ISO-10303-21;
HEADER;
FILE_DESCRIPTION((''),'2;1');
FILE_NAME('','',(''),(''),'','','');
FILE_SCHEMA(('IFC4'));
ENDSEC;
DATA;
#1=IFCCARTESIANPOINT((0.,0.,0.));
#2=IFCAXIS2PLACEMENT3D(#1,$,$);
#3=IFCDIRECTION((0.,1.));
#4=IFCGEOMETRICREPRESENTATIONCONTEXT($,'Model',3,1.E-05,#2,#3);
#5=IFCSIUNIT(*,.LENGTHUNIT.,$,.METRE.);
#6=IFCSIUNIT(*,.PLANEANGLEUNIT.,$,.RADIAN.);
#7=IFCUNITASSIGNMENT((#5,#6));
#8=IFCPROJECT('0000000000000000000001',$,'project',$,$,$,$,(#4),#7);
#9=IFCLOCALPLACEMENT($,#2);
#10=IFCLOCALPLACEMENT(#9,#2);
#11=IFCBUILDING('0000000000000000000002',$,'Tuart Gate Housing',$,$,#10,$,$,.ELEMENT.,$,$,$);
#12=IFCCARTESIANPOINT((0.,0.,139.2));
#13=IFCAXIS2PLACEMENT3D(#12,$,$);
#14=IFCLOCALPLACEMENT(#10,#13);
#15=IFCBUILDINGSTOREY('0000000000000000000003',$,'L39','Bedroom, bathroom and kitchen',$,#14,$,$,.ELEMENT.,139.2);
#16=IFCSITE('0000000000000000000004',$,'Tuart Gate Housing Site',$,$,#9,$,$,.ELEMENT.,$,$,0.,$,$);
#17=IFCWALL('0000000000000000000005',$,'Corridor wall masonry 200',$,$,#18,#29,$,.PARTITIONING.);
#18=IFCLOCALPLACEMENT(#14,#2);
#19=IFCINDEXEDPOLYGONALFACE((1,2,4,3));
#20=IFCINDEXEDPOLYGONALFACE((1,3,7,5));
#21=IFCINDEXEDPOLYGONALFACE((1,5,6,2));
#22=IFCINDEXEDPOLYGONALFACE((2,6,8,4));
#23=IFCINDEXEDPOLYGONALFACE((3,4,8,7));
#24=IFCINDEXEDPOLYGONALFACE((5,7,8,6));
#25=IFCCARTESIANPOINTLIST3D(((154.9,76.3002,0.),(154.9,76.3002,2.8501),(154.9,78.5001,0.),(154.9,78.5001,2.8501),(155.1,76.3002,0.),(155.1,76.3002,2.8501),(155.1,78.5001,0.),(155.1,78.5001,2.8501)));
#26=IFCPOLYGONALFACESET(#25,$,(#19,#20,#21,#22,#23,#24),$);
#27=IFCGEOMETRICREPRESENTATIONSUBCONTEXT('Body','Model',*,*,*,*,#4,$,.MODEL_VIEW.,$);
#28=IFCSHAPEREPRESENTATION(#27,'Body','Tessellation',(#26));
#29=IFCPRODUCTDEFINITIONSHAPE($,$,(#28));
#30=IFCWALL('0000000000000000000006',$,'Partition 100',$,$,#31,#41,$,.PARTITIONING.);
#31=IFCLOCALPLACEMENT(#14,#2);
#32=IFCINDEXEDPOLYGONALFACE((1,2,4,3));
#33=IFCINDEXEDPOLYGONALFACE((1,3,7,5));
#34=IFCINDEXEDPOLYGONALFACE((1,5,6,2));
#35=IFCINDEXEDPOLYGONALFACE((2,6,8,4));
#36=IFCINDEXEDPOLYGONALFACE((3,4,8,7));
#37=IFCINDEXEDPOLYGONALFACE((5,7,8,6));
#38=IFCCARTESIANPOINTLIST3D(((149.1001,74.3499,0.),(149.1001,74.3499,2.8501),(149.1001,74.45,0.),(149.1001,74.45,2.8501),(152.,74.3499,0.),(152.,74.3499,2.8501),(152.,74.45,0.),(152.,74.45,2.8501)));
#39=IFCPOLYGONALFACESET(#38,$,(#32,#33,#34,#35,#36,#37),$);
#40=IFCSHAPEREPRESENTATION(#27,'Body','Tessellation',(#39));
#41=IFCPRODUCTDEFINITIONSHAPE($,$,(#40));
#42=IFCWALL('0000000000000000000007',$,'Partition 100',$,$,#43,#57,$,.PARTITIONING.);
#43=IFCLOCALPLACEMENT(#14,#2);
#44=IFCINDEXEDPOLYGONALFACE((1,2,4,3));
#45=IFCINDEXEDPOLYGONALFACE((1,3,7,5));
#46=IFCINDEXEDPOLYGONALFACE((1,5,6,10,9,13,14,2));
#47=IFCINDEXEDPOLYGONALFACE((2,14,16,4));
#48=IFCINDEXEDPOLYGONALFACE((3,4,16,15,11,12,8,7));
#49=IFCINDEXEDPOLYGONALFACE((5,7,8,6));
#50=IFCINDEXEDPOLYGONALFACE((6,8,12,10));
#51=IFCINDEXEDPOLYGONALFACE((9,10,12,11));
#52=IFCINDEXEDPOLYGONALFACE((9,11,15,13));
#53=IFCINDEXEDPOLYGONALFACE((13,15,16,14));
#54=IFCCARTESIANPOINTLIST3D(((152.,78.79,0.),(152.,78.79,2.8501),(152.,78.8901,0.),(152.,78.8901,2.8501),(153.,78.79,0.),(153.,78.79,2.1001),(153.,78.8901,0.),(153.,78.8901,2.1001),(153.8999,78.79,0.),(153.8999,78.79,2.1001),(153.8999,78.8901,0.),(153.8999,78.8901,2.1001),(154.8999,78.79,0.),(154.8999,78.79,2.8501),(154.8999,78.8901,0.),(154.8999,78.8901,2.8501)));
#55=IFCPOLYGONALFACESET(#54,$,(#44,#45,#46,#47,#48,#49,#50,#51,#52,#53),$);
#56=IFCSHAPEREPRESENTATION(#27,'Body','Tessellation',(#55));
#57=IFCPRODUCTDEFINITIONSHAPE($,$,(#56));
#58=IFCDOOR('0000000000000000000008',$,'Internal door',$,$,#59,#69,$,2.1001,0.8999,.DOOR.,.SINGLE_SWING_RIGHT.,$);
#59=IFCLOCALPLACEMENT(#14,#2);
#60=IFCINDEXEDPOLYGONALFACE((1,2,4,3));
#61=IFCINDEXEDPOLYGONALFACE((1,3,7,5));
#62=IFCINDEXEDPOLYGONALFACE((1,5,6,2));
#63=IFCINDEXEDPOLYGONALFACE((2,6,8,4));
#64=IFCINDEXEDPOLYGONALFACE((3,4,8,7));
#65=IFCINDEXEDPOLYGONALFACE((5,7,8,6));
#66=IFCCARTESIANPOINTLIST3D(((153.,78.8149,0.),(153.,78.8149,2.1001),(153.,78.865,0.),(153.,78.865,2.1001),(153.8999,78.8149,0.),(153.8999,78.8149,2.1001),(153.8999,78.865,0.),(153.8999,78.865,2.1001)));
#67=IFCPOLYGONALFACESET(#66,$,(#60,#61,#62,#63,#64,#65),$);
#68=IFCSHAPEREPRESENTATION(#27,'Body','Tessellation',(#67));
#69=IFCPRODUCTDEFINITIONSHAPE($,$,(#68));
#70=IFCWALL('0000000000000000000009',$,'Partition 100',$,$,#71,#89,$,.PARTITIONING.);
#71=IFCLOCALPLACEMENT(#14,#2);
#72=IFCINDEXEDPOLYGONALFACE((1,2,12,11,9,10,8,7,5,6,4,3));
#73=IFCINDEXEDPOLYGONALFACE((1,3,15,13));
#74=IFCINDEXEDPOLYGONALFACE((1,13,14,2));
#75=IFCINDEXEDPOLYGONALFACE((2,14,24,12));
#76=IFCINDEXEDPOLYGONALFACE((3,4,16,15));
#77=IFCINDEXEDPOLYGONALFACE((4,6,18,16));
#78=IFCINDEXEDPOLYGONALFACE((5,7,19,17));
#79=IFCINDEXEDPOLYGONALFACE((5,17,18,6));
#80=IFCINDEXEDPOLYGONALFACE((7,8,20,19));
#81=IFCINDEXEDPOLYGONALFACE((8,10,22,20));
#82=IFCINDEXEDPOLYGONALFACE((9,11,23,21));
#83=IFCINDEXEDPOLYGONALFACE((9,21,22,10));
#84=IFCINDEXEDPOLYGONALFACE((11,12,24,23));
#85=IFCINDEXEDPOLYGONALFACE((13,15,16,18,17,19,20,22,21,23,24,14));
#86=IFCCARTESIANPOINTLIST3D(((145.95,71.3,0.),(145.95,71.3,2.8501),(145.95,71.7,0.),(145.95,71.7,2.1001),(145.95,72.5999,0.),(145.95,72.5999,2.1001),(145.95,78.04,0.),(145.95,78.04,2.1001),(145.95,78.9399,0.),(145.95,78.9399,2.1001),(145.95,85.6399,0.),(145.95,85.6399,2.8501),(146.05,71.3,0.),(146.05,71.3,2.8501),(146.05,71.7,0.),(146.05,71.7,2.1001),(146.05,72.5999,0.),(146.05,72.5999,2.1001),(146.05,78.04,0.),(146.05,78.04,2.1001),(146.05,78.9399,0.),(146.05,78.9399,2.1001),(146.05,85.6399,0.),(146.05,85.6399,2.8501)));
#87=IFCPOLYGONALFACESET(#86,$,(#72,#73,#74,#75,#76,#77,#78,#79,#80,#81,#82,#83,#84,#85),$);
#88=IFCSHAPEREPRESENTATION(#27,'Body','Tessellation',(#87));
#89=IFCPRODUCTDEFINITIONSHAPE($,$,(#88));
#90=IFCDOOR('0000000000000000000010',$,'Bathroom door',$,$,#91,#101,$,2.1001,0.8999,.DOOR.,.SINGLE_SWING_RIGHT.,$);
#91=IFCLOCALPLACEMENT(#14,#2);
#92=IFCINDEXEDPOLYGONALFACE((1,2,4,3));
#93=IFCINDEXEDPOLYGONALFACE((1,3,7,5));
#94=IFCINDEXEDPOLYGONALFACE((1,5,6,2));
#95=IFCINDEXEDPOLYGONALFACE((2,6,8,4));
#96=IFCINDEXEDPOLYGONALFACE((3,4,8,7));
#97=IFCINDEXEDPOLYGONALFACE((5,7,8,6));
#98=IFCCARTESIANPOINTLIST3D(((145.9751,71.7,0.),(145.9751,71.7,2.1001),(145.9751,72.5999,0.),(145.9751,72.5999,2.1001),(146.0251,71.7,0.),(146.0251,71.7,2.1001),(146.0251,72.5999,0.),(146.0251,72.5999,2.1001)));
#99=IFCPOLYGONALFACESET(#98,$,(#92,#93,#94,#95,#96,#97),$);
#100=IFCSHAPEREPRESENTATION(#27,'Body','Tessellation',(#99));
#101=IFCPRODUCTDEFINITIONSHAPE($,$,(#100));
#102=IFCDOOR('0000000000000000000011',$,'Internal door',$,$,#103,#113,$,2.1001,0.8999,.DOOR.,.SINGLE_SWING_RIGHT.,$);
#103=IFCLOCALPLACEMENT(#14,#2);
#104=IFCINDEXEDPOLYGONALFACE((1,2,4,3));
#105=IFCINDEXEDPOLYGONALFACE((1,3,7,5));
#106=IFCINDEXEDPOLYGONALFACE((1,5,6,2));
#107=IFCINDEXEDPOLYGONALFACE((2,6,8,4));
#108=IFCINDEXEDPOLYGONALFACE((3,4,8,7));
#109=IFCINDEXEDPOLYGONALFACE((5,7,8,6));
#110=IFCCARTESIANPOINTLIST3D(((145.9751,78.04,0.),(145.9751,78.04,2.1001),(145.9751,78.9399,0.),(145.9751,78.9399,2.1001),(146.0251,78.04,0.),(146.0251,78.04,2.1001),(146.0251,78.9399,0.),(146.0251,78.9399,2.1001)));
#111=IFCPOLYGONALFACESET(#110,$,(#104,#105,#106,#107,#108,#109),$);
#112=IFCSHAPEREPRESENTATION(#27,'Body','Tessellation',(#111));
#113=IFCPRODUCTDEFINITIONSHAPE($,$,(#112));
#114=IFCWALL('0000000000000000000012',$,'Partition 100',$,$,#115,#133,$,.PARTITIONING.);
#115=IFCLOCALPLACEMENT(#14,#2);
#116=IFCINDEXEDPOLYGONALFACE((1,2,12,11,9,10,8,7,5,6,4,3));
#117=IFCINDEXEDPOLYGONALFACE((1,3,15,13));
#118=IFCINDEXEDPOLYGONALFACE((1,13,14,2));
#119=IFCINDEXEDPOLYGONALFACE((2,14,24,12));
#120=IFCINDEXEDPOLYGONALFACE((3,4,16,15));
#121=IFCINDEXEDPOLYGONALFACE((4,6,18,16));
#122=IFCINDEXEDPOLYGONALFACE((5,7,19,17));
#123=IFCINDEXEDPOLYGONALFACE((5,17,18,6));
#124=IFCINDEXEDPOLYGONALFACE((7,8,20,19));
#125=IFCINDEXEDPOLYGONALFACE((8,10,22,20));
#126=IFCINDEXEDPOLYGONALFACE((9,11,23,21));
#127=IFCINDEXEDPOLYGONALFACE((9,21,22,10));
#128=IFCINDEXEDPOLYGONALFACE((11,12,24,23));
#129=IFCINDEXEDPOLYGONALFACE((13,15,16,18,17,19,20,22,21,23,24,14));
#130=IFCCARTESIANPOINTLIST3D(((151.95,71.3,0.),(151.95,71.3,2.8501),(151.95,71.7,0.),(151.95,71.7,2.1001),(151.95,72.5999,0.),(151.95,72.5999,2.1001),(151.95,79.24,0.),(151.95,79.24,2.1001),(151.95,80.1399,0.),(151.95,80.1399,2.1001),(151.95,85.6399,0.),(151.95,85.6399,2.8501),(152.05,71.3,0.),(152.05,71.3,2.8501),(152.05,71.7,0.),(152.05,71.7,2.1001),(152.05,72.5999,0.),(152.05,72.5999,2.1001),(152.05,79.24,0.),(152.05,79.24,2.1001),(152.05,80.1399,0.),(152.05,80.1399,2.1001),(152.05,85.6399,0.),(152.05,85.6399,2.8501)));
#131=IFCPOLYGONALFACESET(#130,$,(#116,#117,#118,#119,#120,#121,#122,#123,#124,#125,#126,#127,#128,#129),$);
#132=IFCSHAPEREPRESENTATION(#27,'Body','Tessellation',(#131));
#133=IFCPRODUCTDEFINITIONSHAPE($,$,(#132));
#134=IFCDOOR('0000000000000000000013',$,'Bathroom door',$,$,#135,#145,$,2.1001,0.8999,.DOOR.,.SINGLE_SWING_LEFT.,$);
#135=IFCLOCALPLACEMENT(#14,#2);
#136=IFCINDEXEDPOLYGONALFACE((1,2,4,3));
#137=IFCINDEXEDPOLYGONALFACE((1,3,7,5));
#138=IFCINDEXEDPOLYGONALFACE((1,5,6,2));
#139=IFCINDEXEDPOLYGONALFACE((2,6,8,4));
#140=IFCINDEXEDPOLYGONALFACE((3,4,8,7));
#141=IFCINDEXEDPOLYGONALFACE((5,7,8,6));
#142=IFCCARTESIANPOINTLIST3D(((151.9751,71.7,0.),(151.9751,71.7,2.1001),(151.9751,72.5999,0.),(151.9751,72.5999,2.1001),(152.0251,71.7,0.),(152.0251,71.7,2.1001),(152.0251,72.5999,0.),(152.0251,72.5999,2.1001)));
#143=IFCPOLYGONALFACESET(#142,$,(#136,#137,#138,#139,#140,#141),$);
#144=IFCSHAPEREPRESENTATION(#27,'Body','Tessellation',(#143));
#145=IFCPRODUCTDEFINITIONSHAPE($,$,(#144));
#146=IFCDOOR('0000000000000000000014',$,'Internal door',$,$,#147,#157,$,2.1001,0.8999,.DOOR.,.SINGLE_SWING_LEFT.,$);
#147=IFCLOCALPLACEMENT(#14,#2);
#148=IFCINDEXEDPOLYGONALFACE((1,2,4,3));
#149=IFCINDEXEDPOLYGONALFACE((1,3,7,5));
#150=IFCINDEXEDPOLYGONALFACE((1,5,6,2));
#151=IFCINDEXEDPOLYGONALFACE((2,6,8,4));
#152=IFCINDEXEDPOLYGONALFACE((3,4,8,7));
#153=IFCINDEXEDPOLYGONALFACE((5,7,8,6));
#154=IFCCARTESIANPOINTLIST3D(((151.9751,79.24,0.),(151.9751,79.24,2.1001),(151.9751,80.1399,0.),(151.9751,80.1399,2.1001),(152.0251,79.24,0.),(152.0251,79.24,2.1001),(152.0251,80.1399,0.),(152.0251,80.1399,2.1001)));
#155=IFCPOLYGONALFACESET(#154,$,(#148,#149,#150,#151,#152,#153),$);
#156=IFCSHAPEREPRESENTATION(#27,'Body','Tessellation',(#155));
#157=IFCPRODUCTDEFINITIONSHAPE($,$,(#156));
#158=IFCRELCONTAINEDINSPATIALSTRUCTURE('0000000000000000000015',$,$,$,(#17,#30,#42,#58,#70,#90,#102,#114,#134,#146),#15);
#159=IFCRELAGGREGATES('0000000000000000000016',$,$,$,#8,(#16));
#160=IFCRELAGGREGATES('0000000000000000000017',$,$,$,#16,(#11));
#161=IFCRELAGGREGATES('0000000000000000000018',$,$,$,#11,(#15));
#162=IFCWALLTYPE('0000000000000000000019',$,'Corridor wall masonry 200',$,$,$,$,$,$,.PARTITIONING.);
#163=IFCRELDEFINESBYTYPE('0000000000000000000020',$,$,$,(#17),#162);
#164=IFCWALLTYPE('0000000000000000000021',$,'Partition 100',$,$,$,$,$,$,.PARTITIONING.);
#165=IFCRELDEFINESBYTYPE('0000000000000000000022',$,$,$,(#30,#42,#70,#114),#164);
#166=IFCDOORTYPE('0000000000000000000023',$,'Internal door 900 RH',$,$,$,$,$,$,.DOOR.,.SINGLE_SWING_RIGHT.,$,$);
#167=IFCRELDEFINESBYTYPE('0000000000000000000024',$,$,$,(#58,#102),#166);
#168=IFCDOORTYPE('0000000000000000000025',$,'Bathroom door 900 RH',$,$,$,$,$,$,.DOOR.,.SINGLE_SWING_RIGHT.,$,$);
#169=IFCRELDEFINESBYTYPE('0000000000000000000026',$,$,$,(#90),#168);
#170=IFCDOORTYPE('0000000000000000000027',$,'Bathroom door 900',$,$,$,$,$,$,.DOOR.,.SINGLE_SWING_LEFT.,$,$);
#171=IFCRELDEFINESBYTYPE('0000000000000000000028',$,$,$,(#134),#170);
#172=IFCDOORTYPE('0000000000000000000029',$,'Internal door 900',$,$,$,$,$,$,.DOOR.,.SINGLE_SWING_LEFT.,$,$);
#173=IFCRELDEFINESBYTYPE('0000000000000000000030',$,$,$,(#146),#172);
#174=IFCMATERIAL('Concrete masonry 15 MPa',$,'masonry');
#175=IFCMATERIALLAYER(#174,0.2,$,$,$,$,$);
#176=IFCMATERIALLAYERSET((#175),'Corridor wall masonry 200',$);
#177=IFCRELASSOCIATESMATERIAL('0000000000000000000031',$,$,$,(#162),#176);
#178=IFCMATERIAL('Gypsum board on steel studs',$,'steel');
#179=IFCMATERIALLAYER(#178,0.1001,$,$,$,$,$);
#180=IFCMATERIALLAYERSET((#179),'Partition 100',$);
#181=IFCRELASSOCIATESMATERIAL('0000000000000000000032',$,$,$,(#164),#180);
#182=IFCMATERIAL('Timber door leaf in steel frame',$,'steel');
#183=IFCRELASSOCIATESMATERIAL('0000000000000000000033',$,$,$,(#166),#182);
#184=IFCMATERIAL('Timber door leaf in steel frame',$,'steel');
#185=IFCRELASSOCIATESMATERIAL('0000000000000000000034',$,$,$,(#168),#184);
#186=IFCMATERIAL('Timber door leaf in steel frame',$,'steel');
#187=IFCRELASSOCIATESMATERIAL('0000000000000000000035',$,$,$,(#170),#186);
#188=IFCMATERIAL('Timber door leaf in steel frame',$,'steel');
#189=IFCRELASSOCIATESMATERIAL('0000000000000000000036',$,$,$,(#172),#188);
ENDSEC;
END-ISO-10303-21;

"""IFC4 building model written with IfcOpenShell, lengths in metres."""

from ifc_helpers import new_model, si_unit, direction, frame, frame_2d, origin, place, context, subcontext, project, spatial, rectangle, extrude, material, layer, layer_set, type_object, element, fill, save


model = new_model("IFC4")

# Units and contexts
model_context = context("Model", 3, precision=1e-05, world=origin(), true_north=direction((0.0, 1.0)))
body_context = subcontext(model_context, "Body", "Model", "MODEL_VIEW")
ifc_project = project(units=[si_unit("LENGTHUNIT", "METRE"), si_unit("PLANEANGLEUNIT", "RADIAN")], contexts=[model_context])

# Site, building, storey
site_placement = place(None, origin())
site = spatial("IfcSite", under=ifc_project, at=site_placement, Name="Tuart Gate Housing Site", CompositionType="ELEMENT", RefElevation=0.0)
building_placement = place(site_placement, origin())
building = spatial("IfcBuilding", under=site, at=building_placement, Name="Tuart Gate Housing", CompositionType="ELEMENT")
storey_placement = place(building_placement, frame((0.0, 0.0, 139.2)))
storey = spatial("IfcBuildingStorey", under=building, at=storey_placement, Name="L39", Description="Bedroom, bathroom and kitchen", CompositionType="ELEMENT", Elevation=139.2)

# Walls
ifc_material_1 = material(Name="Concrete masonry 15 MPa", Category="masonry")
ifc_layer_1 = layer(ifc_material_1, 0.2)
ifc_layer_set_1 = layer_set([ifc_layer_1], Name="Corridor wall masonry 200")
wall_type_1 = type_object("IfcWallType", Name="Corridor wall masonry 200", PredefinedType="PARTITIONING", material=ifc_layer_set_1)
wall_1_placement = place(storey_placement, frame((155.0, 76.3, 0.0), z_axis=(0.0, 0.0, 1.0), x_axis=(0.0, 1.0, 0.0)))
element("IfcWall", 1, at=wall_1_placement, inside=storey, type_object=wall_type_1, Name="Corridor wall masonry 200", PredefinedType="PARTITIONING", context=body_context, shape_type="SweptSolid", body=[
    extrude(rectangle(XDim=2.2, YDim=0.2, at=frame_2d((1.1001, 0.0))), origin(), (0.0, 0.0, 1.0), 2.8501),
])
ifc_material_2 = material(Name="Gypsum board on steel studs", Category="steel")
ifc_layer_2 = layer(ifc_material_2, 0.1001)
ifc_layer_set_2 = layer_set([ifc_layer_2], Name="Partition 100")
wall_type_2 = type_object("IfcWallType", Name="Partition 100", PredefinedType="PARTITIONING", material=ifc_layer_set_2)
wall_2_placement = place(storey_placement, frame((149.1001, 74.3999, 0.0), z_axis=(0.0, 0.0, 1.0), x_axis=(1.0, 0.0, 0.0)))
element("IfcWall", 2, at=wall_2_placement, inside=storey, type_object=wall_type_2, Name="Partition 100", PredefinedType="PARTITIONING", context=body_context, shape_type="SweptSolid", body=[
    extrude(rectangle(XDim=2.8999, YDim=0.1001, at=frame_2d((1.45, 0.0))), origin(), (0.0, 0.0, 1.0), 2.8501),
])

# Wall, opening, door
wall_3_placement = place(storey_placement, frame((152.0, 78.8401, 0.0), z_axis=(0.0, 0.0, 1.0), x_axis=(1.0, 0.0, 0.0)))
wall_3 = element("IfcWall", 3, at=wall_3_placement, inside=storey, type_object=wall_type_2, Name="Partition 100", PredefinedType="PARTITIONING", context=body_context, shape_type="SweptSolid", body=[
    extrude(rectangle(XDim=2.8999, YDim=0.1001, at=frame_2d((1.45, 0.0))), origin(), (0.0, 0.0, 1.0), 2.8501),
])
opening_1_placement = place(wall_3_placement, frame((1.0, 0.0, 0.0)))
opening_1 = element("IfcOpeningElement", 4, at=opening_1_placement, cuts=wall_3, PredefinedType="OPENING", context=body_context, shape_type="SweptSolid", body=[
    extrude(rectangle(XDim=0.8999, YDim=2.1001, at=frame_2d((0.45, 1.05))), frame((0.0, 0.0601, 0.0), z_axis=(0.0, -1.0, 0.0), x_axis=(1.0, 0.0, 0.0)), (0.0, 0.0, 1.0), 0.1201),
])
ifc_material_3 = material(Name="Timber door leaf in steel frame", Category="steel")
door_type_1 = type_object("IfcDoorType", Name="Internal door 900 RH", OperationType="SINGLE_SWING_RIGHT", PredefinedType="DOOR", material=ifc_material_3)
door_1_placement = place(opening_1_placement, frame((0.8999, 0.0, 0.0), z_axis=(0.0, 0.0, 1.0), x_axis=(-1.0, 0.0, 0.0)))
door_1 = element("IfcDoor", 5, at=door_1_placement, inside=storey, type_object=door_type_1, Name="Internal door", OperationType="SINGLE_SWING_RIGHT", OverallHeight=2.1001, OverallWidth=0.8999, PredefinedType="DOOR", context=body_context, shape_type="SweptSolid", body=[
    extrude(rectangle(XDim=0.8999, YDim=2.1001, at=frame_2d((0.45, 1.05))), frame((0.0, 0.0251, 0.0), z_axis=(0.0, -1.0, 0.0), x_axis=(1.0, 0.0, 0.0)), (0.0, 0.0, 1.0), 0.05),
])
fill(opening_1, door_1)

# Walls, openings, doors
wall_4_placement = place(storey_placement, frame((146.0, 71.3, 0.0), z_axis=(0.0, 0.0, 1.0), x_axis=(0.0, 1.0, 0.0)))
wall_4 = element("IfcWall", 6, at=wall_4_placement, inside=storey, type_object=wall_type_2, Name="Partition 100", PredefinedType="PARTITIONING", context=body_context, shape_type="SweptSolid", body=[
    extrude(rectangle(XDim=14.3398, YDim=0.1001, at=frame_2d((7.1699, 0.0))), origin(), (0.0, 0.0, 1.0), 2.8501),
])
opening_2_placement = place(wall_4_placement, frame((6.74, 0.0, 0.0)))
opening_2 = element("IfcOpeningElement", 7, at=opening_2_placement, cuts=wall_4, PredefinedType="OPENING", context=body_context, shape_type="SweptSolid", body=[
    extrude(rectangle(XDim=0.8999, YDim=2.1001, at=frame_2d((0.45, 1.05))), frame((0.0, 0.0601, 0.0), z_axis=(0.0, -1.0, 0.0), x_axis=(1.0, 0.0, 0.0)), (0.0, 0.0, 1.0), 0.1201),
])
opening_3_placement = place(wall_4_placement, frame((0.3999, 0.0, 0.0)))
opening_3 = element("IfcOpeningElement", 8, at=opening_3_placement, cuts=wall_4, PredefinedType="OPENING", context=body_context, shape_type="SweptSolid", body=[
    extrude(rectangle(XDim=0.8999, YDim=2.1001, at=frame_2d((0.45, 1.05))), frame((0.0, 0.0601, 0.0), z_axis=(0.0, -1.0, 0.0), x_axis=(1.0, 0.0, 0.0)), (0.0, 0.0, 1.0), 0.1201),
])
ifc_material_4 = material(Name="Timber door leaf in steel frame", Category="steel")
door_type_2 = type_object("IfcDoorType", Name="Bathroom door 900 RH", OperationType="SINGLE_SWING_RIGHT", PredefinedType="DOOR", material=ifc_material_4)
door_2_placement = place(opening_3_placement, frame((0.8999, 0.0, 0.0), z_axis=(0.0, 0.0, 1.0), x_axis=(-1.0, 0.0, 0.0)))
door_2 = element("IfcDoor", 9, at=door_2_placement, inside=storey, type_object=door_type_2, Name="Bathroom door", OperationType="SINGLE_SWING_RIGHT", OverallHeight=2.1001, OverallWidth=0.8999, PredefinedType="DOOR", context=body_context, shape_type="SweptSolid", body=[
    extrude(rectangle(XDim=0.8999, YDim=2.1001, at=frame_2d((0.45, 1.05))), frame((0.0, 0.0251, 0.0), z_axis=(0.0, -1.0, 0.0), x_axis=(1.0, 0.0, 0.0)), (0.0, 0.0, 1.0), 0.05),
])
fill(opening_3, door_2)
door_3_placement = place(opening_2_placement, frame((0.8999, 0.0, 0.0), z_axis=(0.0, 0.0, 1.0), x_axis=(-1.0, 0.0, 0.0)))
door_3 = element("IfcDoor", 10, at=door_3_placement, inside=storey, type_object=door_type_1, Name="Internal door", OperationType="SINGLE_SWING_RIGHT", OverallHeight=2.1001, OverallWidth=0.8999, PredefinedType="DOOR", context=body_context, shape_type="SweptSolid", body=[
    extrude(rectangle(XDim=0.8999, YDim=2.1001, at=frame_2d((0.45, 1.05))), frame((0.0, 0.0251, 0.0), z_axis=(0.0, -1.0, 0.0), x_axis=(1.0, 0.0, 0.0)), (0.0, 0.0, 1.0), 0.05),
])
fill(opening_2, door_3)
wall_5_placement = place(storey_placement, frame((152.0, 71.3, 0.0), z_axis=(0.0, 0.0, 1.0), x_axis=(0.0, 1.0, 0.0)))
wall_5 = element("IfcWall", 11, at=wall_5_placement, inside=storey, type_object=wall_type_2, Name="Partition 100", PredefinedType="PARTITIONING", context=body_context, shape_type="SweptSolid", body=[
    extrude(rectangle(XDim=14.3398, YDim=0.1001, at=frame_2d((7.1699, 0.0))), origin(), (0.0, 0.0, 1.0), 2.8501),
])
opening_4_placement = place(wall_5_placement, frame((7.9399, 0.0, 0.0)))
opening_4 = element("IfcOpeningElement", 12, at=opening_4_placement, cuts=wall_5, PredefinedType="OPENING", context=body_context, shape_type="SweptSolid", body=[
    extrude(rectangle(XDim=0.8999, YDim=2.1001, at=frame_2d((0.45, 1.05))), frame((0.0, 0.0601, 0.0), z_axis=(0.0, -1.0, 0.0), x_axis=(1.0, 0.0, 0.0)), (0.0, 0.0, 1.0), 0.1201),
])
opening_5_placement = place(wall_5_placement, frame((0.3999, 0.0, 0.0)))
opening_5 = element("IfcOpeningElement", 13, at=opening_5_placement, cuts=wall_5, PredefinedType="OPENING", context=body_context, shape_type="SweptSolid", body=[
    extrude(rectangle(XDim=0.8999, YDim=2.1001, at=frame_2d((0.45, 1.05))), frame((0.0, 0.0601, 0.0), z_axis=(0.0, -1.0, 0.0), x_axis=(1.0, 0.0, 0.0)), (0.0, 0.0, 1.0), 0.1201),
])
ifc_material_5 = material(Name="Timber door leaf in steel frame", Category="steel")
door_type_3 = type_object("IfcDoorType", Name="Bathroom door 900", OperationType="SINGLE_SWING_LEFT", PredefinedType="DOOR", material=ifc_material_5)
door_4_placement = place(opening_5_placement, origin())
door_4 = element("IfcDoor", 14, at=door_4_placement, inside=storey, type_object=door_type_3, Name="Bathroom door", OperationType="SINGLE_SWING_LEFT", OverallHeight=2.1001, OverallWidth=0.8999, PredefinedType="DOOR", context=body_context, shape_type="SweptSolid", body=[
    extrude(rectangle(XDim=0.8999, YDim=2.1001, at=frame_2d((0.45, 1.05))), frame((0.0, 0.0249, 0.0), z_axis=(0.0, -1.0, 0.0), x_axis=(1.0, 0.0, 0.0)), (0.0, 0.0, 1.0), 0.05),
])
fill(opening_5, door_4)
ifc_material_6 = material(Name="Timber door leaf in steel frame", Category="steel")
door_type_4 = type_object("IfcDoorType", Name="Internal door 900", OperationType="SINGLE_SWING_LEFT", PredefinedType="DOOR", material=ifc_material_6)
door_5_placement = place(opening_4_placement, origin())
door_5 = element("IfcDoor", 15, at=door_5_placement, inside=storey, type_object=door_type_4, Name="Internal door", OperationType="SINGLE_SWING_LEFT", OverallHeight=2.1001, OverallWidth=0.8999, PredefinedType="DOOR", context=body_context, shape_type="SweptSolid", body=[
    extrude(rectangle(XDim=0.8999, YDim=2.1001, at=frame_2d((0.45, 1.05))), frame((0.0, 0.0249, 0.0), z_axis=(0.0, -1.0, 0.0), x_axis=(1.0, 0.0, 0.0)), (0.0, 0.0, 1.0), 0.05),
])
fill(opening_4, door_5)

save(model, "model.ifc")
